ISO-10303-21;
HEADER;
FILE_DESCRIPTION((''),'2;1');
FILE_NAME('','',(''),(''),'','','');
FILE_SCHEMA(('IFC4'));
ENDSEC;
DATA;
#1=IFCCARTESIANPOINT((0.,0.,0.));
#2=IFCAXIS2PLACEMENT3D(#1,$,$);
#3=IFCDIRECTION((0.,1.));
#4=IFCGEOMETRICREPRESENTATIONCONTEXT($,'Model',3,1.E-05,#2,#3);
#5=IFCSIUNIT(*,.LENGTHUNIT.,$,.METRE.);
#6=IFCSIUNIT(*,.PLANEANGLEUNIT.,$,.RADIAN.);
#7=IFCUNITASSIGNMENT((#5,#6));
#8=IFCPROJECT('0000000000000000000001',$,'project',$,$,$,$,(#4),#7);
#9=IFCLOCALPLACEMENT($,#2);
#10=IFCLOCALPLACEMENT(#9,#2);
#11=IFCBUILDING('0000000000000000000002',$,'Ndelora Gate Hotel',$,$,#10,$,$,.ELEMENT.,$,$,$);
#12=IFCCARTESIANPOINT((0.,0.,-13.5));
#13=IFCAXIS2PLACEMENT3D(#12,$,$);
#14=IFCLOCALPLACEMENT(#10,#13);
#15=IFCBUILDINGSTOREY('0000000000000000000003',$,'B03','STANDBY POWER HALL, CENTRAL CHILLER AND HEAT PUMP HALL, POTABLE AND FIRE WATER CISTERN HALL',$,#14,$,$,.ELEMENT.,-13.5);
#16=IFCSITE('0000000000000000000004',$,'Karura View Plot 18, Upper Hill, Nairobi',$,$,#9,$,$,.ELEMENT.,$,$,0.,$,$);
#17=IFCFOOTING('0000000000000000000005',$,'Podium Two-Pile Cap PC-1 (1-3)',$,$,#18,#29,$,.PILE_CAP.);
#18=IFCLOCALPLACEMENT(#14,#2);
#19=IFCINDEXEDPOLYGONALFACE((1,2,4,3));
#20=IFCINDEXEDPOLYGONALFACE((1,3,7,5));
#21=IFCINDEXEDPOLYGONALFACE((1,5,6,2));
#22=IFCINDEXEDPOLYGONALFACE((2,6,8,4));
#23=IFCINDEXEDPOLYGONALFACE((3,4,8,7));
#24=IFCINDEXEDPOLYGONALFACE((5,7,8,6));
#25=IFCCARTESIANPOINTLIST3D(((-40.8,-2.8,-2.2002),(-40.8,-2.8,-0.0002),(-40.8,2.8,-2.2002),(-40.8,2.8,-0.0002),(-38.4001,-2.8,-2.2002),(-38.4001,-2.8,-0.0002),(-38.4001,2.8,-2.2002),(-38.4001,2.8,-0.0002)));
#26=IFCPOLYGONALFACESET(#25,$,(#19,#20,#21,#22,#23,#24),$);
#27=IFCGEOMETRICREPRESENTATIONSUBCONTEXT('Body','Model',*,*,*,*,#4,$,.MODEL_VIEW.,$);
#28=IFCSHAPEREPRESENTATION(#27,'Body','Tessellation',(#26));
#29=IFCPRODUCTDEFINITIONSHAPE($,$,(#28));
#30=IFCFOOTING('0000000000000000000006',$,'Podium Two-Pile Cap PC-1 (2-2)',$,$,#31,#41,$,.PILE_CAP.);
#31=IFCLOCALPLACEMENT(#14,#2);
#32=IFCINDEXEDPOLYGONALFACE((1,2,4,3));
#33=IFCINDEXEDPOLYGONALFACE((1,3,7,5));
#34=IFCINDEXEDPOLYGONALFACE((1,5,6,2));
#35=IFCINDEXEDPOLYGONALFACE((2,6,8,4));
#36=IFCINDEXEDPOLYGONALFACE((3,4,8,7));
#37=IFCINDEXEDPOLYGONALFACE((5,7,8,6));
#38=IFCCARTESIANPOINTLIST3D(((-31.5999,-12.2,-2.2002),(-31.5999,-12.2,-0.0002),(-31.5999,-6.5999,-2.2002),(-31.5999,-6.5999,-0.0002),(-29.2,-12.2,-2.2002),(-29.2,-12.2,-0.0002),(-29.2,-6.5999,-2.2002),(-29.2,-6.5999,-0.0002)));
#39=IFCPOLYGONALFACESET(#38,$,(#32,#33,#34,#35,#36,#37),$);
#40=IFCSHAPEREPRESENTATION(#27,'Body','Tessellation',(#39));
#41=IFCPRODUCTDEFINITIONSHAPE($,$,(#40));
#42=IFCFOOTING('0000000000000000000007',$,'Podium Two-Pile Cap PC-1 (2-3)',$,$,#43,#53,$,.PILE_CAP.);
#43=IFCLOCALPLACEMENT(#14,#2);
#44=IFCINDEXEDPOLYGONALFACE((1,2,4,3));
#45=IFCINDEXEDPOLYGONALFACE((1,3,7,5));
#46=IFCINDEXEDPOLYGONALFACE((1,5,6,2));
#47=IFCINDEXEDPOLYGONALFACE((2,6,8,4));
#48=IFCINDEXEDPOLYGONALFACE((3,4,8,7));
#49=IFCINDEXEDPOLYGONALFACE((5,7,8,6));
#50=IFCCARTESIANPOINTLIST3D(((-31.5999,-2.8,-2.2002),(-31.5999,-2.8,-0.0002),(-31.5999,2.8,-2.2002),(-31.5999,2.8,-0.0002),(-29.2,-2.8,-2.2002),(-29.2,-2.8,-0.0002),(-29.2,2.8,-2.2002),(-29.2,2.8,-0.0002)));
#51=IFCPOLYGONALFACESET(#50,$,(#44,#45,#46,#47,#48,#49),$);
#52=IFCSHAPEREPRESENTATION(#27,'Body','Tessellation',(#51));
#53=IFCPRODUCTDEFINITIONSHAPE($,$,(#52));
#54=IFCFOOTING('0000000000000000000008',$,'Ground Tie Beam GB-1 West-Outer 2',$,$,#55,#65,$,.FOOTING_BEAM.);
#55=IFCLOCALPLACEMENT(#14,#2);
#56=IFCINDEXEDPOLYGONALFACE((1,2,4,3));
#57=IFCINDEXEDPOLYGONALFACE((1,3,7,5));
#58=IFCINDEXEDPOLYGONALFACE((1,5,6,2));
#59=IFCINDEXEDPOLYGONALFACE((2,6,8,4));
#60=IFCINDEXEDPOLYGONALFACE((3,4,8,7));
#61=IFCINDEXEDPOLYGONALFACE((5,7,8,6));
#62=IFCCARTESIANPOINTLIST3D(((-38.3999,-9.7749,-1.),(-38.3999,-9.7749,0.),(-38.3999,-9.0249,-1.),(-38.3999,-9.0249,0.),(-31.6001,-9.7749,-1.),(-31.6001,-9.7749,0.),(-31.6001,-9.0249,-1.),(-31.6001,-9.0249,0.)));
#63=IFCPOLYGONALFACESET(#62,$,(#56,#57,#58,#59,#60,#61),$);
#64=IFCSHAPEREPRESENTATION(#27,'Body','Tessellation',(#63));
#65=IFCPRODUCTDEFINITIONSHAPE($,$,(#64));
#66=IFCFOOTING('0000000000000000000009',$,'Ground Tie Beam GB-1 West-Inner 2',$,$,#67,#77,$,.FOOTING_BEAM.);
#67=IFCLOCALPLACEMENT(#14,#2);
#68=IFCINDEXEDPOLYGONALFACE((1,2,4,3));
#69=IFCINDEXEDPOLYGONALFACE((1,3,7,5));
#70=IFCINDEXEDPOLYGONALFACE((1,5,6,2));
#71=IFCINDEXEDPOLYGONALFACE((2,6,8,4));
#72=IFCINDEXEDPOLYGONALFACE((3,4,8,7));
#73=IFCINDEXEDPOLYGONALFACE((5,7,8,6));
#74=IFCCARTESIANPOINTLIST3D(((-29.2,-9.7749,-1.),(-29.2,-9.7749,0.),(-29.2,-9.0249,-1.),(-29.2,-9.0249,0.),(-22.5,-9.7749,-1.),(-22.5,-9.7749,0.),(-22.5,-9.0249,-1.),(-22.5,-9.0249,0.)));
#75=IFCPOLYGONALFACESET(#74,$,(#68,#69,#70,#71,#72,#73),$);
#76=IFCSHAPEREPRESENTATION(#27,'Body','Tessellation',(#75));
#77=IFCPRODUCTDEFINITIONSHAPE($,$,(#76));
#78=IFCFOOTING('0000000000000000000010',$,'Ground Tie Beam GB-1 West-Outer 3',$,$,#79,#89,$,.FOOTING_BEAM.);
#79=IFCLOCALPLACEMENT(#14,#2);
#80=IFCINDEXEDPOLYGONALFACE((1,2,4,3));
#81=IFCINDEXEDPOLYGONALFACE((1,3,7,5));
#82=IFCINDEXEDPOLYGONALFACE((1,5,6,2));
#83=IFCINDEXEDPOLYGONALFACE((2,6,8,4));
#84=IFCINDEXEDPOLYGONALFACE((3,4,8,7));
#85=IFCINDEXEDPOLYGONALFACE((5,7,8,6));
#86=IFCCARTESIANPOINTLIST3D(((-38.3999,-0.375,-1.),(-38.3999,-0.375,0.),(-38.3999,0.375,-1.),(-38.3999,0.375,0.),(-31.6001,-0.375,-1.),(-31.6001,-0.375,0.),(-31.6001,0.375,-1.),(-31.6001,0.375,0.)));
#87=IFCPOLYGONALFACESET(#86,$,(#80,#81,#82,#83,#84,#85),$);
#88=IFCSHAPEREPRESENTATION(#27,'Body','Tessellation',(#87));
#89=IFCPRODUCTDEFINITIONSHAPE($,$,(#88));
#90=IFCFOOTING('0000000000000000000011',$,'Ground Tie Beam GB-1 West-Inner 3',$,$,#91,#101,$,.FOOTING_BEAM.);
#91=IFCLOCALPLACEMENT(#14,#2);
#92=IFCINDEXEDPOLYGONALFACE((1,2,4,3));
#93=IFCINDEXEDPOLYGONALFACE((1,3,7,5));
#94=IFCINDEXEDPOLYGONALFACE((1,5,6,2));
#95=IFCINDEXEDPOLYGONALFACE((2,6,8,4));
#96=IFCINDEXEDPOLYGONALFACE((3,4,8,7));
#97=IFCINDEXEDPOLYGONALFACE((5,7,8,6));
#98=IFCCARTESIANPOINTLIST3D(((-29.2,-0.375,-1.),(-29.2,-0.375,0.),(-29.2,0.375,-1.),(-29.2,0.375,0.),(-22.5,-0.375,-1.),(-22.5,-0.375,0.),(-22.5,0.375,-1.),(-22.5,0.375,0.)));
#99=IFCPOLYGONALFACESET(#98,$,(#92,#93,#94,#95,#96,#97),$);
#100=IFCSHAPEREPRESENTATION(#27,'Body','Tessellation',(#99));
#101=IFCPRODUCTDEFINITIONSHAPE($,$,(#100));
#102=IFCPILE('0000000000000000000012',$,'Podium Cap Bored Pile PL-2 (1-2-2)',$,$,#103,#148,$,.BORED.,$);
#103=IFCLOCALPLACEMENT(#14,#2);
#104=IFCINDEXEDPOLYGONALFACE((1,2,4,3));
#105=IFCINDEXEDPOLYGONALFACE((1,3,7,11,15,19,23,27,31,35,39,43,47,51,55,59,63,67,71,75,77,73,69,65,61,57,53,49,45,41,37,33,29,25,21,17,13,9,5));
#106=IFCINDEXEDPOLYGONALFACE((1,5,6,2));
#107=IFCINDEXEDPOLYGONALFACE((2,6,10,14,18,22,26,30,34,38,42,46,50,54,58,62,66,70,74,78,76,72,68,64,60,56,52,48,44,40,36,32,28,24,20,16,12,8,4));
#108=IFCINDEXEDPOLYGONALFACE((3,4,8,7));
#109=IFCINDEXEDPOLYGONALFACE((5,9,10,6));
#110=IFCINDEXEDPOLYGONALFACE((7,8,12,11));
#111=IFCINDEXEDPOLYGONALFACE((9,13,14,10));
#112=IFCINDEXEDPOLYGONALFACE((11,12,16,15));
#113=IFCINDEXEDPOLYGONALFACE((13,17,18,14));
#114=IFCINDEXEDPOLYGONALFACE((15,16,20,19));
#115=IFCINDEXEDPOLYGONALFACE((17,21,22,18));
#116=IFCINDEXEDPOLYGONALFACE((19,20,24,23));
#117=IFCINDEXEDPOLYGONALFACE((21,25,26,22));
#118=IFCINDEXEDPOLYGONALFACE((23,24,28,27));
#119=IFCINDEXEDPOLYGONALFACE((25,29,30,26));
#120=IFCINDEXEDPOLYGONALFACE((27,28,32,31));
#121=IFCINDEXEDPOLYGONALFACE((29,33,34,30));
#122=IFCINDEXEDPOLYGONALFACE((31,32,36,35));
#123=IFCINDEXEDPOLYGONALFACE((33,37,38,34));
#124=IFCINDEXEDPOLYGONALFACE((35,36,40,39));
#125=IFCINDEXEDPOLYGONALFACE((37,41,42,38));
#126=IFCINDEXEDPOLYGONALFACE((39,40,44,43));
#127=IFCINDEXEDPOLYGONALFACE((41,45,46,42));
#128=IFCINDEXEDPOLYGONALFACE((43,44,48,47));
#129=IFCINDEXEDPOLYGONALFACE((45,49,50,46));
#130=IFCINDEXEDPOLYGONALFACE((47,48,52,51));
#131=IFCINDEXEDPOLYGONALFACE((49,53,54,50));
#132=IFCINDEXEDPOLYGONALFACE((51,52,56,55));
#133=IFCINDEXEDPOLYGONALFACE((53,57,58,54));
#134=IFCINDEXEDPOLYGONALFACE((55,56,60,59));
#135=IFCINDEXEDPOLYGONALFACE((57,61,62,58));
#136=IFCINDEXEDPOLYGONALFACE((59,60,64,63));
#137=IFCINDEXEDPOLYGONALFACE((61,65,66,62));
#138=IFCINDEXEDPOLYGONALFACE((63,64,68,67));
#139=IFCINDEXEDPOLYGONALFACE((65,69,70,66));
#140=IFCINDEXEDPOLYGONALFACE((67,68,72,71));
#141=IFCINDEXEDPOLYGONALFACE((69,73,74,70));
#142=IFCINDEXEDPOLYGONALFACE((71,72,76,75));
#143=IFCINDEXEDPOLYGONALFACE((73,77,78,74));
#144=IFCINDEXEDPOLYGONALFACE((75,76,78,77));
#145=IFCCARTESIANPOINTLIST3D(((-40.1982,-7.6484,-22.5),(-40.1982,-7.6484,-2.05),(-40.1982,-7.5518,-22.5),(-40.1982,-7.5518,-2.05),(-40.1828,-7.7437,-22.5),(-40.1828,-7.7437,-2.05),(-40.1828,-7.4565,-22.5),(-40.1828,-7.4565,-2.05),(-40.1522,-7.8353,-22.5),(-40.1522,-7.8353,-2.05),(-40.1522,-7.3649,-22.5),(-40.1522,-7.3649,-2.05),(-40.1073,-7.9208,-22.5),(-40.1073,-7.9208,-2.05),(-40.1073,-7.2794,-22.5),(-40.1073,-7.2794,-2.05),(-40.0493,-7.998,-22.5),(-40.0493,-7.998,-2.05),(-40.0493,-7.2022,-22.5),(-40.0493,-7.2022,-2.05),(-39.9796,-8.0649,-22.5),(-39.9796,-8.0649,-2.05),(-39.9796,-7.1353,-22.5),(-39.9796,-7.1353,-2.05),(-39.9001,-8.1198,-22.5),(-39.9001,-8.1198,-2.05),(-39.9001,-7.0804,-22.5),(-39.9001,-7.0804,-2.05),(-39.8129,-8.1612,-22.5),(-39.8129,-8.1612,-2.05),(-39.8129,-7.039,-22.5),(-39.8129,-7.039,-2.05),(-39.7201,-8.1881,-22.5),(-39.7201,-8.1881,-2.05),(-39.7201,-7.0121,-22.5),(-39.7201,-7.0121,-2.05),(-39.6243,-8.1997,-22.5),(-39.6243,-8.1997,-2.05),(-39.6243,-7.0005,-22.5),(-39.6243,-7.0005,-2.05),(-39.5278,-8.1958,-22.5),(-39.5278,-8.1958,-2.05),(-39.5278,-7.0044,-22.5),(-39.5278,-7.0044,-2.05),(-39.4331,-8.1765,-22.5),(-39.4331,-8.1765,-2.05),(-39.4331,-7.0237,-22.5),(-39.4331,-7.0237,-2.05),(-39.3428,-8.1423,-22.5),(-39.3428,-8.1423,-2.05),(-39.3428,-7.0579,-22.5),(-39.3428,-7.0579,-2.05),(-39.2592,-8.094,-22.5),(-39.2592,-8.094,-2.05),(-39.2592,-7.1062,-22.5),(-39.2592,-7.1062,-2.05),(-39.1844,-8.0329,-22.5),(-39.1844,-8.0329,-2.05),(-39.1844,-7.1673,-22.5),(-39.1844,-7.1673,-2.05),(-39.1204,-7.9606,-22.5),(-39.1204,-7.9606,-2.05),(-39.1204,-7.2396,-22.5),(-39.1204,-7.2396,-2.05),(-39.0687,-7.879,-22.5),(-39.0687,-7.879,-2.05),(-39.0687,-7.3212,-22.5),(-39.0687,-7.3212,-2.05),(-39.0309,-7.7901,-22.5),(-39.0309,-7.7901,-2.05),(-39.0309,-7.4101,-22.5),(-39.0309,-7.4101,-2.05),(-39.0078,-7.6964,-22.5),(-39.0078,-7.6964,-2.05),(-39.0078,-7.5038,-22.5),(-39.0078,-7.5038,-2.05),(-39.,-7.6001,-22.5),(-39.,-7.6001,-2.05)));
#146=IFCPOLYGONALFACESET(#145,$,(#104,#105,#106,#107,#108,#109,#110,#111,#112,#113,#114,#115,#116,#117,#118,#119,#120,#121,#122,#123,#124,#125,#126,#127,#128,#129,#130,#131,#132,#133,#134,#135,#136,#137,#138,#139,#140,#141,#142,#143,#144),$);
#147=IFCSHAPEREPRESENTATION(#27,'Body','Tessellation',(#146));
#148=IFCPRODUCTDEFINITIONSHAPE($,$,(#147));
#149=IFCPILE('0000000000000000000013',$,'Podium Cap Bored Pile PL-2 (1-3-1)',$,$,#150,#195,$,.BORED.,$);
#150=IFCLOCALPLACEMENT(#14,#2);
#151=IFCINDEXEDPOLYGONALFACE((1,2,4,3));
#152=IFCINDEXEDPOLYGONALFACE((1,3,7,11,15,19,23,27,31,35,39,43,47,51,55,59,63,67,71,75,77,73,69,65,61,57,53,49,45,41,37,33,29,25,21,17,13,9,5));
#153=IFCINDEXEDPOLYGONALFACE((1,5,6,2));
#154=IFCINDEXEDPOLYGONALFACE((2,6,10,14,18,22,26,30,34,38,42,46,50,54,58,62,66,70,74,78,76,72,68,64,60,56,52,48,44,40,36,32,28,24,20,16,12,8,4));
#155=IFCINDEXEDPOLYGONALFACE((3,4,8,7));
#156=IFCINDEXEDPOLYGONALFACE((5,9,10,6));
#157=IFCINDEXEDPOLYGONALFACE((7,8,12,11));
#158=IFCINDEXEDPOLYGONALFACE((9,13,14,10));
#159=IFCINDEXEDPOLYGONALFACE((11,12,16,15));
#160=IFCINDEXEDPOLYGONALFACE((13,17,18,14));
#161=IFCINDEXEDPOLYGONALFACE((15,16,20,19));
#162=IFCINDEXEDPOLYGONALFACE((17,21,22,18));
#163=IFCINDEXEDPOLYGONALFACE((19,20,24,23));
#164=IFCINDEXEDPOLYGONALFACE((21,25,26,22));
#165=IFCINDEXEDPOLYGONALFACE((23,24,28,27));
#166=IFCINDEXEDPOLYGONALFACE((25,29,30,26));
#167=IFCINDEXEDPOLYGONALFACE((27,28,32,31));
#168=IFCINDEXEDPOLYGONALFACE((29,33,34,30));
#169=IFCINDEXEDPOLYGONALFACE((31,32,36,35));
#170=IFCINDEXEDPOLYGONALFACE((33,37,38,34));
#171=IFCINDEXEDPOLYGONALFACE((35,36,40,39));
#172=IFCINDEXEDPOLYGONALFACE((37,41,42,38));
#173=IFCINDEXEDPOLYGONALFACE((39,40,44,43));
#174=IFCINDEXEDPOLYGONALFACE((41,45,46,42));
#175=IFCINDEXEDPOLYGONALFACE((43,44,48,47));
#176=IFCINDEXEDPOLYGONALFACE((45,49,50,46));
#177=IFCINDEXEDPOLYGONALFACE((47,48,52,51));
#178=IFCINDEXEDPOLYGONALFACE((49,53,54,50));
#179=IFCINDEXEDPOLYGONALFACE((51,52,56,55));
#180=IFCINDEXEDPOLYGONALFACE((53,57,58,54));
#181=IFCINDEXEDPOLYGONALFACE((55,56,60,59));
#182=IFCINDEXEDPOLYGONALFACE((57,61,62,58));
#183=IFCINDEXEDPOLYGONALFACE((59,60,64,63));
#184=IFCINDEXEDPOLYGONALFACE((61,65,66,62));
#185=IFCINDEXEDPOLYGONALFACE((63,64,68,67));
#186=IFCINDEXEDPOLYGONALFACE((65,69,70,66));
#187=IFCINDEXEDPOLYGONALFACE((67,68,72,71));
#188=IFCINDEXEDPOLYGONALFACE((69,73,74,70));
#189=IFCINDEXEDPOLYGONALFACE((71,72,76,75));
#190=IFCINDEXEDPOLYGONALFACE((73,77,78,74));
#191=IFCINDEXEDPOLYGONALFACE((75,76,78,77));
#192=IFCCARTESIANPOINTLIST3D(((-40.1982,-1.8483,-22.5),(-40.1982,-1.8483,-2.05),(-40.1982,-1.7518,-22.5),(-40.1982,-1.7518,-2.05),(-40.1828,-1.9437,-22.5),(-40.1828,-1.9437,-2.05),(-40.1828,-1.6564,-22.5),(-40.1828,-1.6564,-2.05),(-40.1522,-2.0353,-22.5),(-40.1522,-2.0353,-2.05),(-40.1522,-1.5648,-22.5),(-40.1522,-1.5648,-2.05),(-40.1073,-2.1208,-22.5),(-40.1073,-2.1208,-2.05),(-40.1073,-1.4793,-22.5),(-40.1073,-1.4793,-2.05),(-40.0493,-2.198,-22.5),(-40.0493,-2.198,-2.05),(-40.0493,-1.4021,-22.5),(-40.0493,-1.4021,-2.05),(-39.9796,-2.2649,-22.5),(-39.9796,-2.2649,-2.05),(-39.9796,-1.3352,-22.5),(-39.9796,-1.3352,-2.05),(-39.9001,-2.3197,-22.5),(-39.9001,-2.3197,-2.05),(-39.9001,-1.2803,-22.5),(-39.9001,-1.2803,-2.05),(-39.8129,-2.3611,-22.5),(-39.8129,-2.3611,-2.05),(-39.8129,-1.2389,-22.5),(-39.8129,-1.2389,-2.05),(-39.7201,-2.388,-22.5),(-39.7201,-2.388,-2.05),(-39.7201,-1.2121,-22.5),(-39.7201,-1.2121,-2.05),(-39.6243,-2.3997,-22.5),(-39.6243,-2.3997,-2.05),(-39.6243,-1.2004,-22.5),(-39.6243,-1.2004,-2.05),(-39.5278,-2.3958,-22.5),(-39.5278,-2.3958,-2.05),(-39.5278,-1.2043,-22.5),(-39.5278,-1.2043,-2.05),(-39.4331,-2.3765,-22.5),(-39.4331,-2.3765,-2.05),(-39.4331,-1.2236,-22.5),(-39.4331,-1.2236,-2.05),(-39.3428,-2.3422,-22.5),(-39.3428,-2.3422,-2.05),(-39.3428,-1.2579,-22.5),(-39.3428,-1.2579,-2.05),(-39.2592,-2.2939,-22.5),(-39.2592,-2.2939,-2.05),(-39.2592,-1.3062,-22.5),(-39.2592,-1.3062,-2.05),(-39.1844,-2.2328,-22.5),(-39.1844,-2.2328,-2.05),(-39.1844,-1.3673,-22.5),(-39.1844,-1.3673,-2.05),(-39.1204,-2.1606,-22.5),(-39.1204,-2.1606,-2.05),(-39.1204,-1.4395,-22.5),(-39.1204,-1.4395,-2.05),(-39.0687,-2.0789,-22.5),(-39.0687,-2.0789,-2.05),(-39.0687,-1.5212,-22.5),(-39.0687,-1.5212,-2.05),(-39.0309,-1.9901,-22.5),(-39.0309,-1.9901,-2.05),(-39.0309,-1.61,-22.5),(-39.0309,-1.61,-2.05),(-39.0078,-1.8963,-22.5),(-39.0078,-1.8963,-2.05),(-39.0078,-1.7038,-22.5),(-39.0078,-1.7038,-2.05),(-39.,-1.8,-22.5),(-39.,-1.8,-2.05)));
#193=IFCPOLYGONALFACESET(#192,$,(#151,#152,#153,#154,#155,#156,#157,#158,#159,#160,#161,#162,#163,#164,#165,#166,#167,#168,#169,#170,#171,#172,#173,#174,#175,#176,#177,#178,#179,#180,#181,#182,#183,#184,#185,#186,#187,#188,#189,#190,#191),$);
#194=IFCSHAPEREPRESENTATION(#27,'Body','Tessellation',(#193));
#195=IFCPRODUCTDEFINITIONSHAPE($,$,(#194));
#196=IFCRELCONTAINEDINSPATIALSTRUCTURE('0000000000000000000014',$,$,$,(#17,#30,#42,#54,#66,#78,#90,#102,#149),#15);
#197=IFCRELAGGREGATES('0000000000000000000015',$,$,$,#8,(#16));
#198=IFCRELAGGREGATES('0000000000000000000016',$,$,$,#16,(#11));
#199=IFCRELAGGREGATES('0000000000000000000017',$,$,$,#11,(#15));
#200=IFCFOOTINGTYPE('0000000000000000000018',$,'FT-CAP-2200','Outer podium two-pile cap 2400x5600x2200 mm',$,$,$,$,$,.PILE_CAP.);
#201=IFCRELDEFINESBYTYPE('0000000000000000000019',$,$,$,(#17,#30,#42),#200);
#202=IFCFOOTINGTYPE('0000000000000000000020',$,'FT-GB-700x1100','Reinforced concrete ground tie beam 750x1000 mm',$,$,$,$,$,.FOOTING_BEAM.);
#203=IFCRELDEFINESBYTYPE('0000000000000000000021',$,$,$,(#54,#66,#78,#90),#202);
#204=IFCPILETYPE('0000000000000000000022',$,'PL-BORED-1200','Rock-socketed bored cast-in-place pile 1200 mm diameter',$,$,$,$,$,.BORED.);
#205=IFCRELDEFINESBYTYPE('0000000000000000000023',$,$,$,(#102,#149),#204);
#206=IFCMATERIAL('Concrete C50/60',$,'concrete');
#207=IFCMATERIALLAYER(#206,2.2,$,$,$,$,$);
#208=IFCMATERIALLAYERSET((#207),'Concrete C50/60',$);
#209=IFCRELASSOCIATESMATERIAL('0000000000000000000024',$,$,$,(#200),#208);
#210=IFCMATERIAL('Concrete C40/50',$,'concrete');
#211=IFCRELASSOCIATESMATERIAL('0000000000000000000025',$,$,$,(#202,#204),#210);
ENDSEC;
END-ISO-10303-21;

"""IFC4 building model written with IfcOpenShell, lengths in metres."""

from ifc_helpers import new_model, si_unit, direction, frame, origin, origin_2d, place, context, subcontext, project, spatial, rectangle, circle, extrude, material, layer, layer_set, material_profile, profile_set, type_object, element, save


model = new_model("IFC4")

# Units and contexts
model_context = context("Model", 3, precision=1e-05, world=origin(), true_north=direction((0.0, 1.0)))
body_context = subcontext(model_context, "Body", "Model", "MODEL_VIEW")
ifc_project = project(units=[si_unit("LENGTHUNIT", "METRE"), si_unit("PLANEANGLEUNIT", "RADIAN")], contexts=[model_context])

# Site, building, storey
site_placement = place(None, origin())
site = spatial("IfcSite", under=ifc_project, at=site_placement, Name="Karura View Plot 18, Upper Hill, Nairobi", CompositionType="ELEMENT", RefElevation=0.0)
building_placement = place(site_placement, origin())
building = spatial("IfcBuilding", under=site, at=building_placement, Name="Ndelora Gate Hotel", CompositionType="ELEMENT")
storey_placement = place(building_placement, frame((0.0, 0.0, -13.5)))
storey = spatial("IfcBuildingStorey", under=building, at=storey_placement, Name="B03", Description="STANDBY POWER HALL, CENTRAL CHILLER AND HEAT PUMP HALL, POTABLE AND FIRE WATER CISTERN HALL", CompositionType="ELEMENT", Elevation=-13.5)

# Footings
ifc_material_1 = material(Name="Concrete C50/60", Category="concrete")
ifc_layer_1 = layer(ifc_material_1, 2.2)
ifc_layer_set_1 = layer_set([ifc_layer_1], Name="Concrete C50/60")
footing_type_1 = type_object("IfcFootingType", Name="FT-CAP-2200", Description="Outer podium two-pile cap 2400x5600x2200 mm", PredefinedType="PILE_CAP", material=ifc_layer_set_1)
for number, where, z_axis, x_axis, name in (
    (1, (-39.6001, 0.0, -2.2002), (0.0, 0.0, 1.0), (1.0, 0.0, 0.0), "Podium Two-Pile Cap PC-1 (1-3)"),
    (2, (-30.3999, -9.3999, -2.2002), (0.0, 0.0, 1.0), (1.0, 0.0, 0.0), "Podium Two-Pile Cap PC-1 (2-2)"),
    (3, (-30.3999, 0.0, -2.2002), (0.0, 0.0, 1.0), (1.0, 0.0, 0.0), "Podium Two-Pile Cap PC-1 (2-3)"),
):
    element("IfcFooting", number, at=place(storey_placement, frame(where, z_axis=z_axis, x_axis=x_axis)), inside=storey, type_object=footing_type_1, Name=name, PredefinedType="PILE_CAP", context=body_context, shape_type="SweptSolid", body=[
        extrude(rectangle(XDim=2.3999, YDim=5.6001, at=origin_2d()), origin(), (0.0, 0.0, 1.0), 2.2),
    ])
ifc_material_2 = material(Name="Concrete C40/50", Category="concrete")
ifc_material_profile_1 = material_profile(ifc_material_2, rectangle(XDim=0.75, YDim=1.0, at=origin_2d()), Name="RCB 750x1000")
ifc_profile_set_1 = profile_set([ifc_material_profile_1], Name="Concrete C40/50")
footing_type_2 = type_object("IfcFootingType", Name="FT-GB-700x1100", Description="Reinforced concrete ground tie beam 750x1000 mm", PredefinedType="FOOTING_BEAM", material=ifc_profile_set_1)
footing_1_placement = place(storey_placement, frame((-38.3999, -9.3999, -0.5), z_axis=(1.0, 0.0, 0.0), x_axis=(0.0, 1.0, 0.0)))
element("IfcFooting", 4, at=footing_1_placement, inside=storey, type_object=footing_type_2, Name="Ground Tie Beam GB-1 West-Outer 2", PredefinedType="FOOTING_BEAM", context=body_context, shape_type="SweptSolid", body=[
    extrude(rectangle(XDim=0.75, YDim=1.0, at=origin_2d()), origin(), (0.0, 0.0, 1.0), 6.7998),
])
footing_2_placement = place(storey_placement, frame((-29.2, -9.3999, -0.5), z_axis=(1.0, 0.0, 0.0), x_axis=(0.0, 1.0, 0.0)))
element("IfcFooting", 5, at=footing_2_placement, inside=storey, type_object=footing_type_2, Name="Ground Tie Beam GB-1 West-Inner 2", PredefinedType="FOOTING_BEAM", context=body_context, shape_type="SweptSolid", body=[
    extrude(rectangle(XDim=0.75, YDim=1.0, at=origin_2d()), origin(), (0.0, 0.0, 1.0), 6.7),
])
footing_3_placement = place(storey_placement, frame((-38.3999, 0.0, -0.5), z_axis=(1.0, 0.0, 0.0), x_axis=(0.0, 1.0, 0.0)))
element("IfcFooting", 6, at=footing_3_placement, inside=storey, type_object=footing_type_2, Name="Ground Tie Beam GB-1 West-Outer 3", PredefinedType="FOOTING_BEAM", context=body_context, shape_type="SweptSolid", body=[
    extrude(rectangle(XDim=0.75, YDim=1.0, at=origin_2d()), origin(), (0.0, 0.0, 1.0), 6.7998),
])
footing_4_placement = place(storey_placement, frame((-29.2, 0.0, -0.5), z_axis=(1.0, 0.0, 0.0), x_axis=(0.0, 1.0, 0.0)))
element("IfcFooting", 7, at=footing_4_placement, inside=storey, type_object=footing_type_2, Name="Ground Tie Beam GB-1 West-Inner 3", PredefinedType="FOOTING_BEAM", context=body_context, shape_type="SweptSolid", body=[
    extrude(rectangle(XDim=0.75, YDim=1.0, at=origin_2d()), origin(), (0.0, 0.0, 1.0), 6.7),
])

# Piles
ifc_material_profile_2 = material_profile(ifc_material_2, circle(Radius=0.6001, at=origin_2d()), Name="PILE D1200")
ifc_profile_set_2 = profile_set([ifc_material_profile_2], Name="Concrete C40/50")
pile_type_1 = type_object("IfcPileType", Name="PL-BORED-1200", Description="Rock-socketed bored cast-in-place pile 1200 mm diameter", PredefinedType="BORED", material=ifc_profile_set_2)
for number, where, z_axis, x_axis, name in (
    (8, (-39.6001, -7.6001, -2.05), (0.0, 0.0, -1.0), (1.0, 0.0, 0.0), "Podium Cap Bored Pile PL-2 (1-2-2)"),
    (9, (-39.6001, -1.8, -2.05), (0.0, 0.0, -1.0), (1.0, 0.0, 0.0), "Podium Cap Bored Pile PL-2 (1-3-1)"),
):
    element("IfcPile", number, at=place(storey_placement, frame(where, z_axis=z_axis, x_axis=x_axis)), inside=storey, type_object=pile_type_1, Name=name, PredefinedType="BORED", context=body_context, shape_type="SweptSolid", body=[
        extrude(circle(Radius=0.6001, at=origin_2d()), origin(), (0.0, 0.0, 1.0), 20.45),
    ])

save(model, "model.ifc")
